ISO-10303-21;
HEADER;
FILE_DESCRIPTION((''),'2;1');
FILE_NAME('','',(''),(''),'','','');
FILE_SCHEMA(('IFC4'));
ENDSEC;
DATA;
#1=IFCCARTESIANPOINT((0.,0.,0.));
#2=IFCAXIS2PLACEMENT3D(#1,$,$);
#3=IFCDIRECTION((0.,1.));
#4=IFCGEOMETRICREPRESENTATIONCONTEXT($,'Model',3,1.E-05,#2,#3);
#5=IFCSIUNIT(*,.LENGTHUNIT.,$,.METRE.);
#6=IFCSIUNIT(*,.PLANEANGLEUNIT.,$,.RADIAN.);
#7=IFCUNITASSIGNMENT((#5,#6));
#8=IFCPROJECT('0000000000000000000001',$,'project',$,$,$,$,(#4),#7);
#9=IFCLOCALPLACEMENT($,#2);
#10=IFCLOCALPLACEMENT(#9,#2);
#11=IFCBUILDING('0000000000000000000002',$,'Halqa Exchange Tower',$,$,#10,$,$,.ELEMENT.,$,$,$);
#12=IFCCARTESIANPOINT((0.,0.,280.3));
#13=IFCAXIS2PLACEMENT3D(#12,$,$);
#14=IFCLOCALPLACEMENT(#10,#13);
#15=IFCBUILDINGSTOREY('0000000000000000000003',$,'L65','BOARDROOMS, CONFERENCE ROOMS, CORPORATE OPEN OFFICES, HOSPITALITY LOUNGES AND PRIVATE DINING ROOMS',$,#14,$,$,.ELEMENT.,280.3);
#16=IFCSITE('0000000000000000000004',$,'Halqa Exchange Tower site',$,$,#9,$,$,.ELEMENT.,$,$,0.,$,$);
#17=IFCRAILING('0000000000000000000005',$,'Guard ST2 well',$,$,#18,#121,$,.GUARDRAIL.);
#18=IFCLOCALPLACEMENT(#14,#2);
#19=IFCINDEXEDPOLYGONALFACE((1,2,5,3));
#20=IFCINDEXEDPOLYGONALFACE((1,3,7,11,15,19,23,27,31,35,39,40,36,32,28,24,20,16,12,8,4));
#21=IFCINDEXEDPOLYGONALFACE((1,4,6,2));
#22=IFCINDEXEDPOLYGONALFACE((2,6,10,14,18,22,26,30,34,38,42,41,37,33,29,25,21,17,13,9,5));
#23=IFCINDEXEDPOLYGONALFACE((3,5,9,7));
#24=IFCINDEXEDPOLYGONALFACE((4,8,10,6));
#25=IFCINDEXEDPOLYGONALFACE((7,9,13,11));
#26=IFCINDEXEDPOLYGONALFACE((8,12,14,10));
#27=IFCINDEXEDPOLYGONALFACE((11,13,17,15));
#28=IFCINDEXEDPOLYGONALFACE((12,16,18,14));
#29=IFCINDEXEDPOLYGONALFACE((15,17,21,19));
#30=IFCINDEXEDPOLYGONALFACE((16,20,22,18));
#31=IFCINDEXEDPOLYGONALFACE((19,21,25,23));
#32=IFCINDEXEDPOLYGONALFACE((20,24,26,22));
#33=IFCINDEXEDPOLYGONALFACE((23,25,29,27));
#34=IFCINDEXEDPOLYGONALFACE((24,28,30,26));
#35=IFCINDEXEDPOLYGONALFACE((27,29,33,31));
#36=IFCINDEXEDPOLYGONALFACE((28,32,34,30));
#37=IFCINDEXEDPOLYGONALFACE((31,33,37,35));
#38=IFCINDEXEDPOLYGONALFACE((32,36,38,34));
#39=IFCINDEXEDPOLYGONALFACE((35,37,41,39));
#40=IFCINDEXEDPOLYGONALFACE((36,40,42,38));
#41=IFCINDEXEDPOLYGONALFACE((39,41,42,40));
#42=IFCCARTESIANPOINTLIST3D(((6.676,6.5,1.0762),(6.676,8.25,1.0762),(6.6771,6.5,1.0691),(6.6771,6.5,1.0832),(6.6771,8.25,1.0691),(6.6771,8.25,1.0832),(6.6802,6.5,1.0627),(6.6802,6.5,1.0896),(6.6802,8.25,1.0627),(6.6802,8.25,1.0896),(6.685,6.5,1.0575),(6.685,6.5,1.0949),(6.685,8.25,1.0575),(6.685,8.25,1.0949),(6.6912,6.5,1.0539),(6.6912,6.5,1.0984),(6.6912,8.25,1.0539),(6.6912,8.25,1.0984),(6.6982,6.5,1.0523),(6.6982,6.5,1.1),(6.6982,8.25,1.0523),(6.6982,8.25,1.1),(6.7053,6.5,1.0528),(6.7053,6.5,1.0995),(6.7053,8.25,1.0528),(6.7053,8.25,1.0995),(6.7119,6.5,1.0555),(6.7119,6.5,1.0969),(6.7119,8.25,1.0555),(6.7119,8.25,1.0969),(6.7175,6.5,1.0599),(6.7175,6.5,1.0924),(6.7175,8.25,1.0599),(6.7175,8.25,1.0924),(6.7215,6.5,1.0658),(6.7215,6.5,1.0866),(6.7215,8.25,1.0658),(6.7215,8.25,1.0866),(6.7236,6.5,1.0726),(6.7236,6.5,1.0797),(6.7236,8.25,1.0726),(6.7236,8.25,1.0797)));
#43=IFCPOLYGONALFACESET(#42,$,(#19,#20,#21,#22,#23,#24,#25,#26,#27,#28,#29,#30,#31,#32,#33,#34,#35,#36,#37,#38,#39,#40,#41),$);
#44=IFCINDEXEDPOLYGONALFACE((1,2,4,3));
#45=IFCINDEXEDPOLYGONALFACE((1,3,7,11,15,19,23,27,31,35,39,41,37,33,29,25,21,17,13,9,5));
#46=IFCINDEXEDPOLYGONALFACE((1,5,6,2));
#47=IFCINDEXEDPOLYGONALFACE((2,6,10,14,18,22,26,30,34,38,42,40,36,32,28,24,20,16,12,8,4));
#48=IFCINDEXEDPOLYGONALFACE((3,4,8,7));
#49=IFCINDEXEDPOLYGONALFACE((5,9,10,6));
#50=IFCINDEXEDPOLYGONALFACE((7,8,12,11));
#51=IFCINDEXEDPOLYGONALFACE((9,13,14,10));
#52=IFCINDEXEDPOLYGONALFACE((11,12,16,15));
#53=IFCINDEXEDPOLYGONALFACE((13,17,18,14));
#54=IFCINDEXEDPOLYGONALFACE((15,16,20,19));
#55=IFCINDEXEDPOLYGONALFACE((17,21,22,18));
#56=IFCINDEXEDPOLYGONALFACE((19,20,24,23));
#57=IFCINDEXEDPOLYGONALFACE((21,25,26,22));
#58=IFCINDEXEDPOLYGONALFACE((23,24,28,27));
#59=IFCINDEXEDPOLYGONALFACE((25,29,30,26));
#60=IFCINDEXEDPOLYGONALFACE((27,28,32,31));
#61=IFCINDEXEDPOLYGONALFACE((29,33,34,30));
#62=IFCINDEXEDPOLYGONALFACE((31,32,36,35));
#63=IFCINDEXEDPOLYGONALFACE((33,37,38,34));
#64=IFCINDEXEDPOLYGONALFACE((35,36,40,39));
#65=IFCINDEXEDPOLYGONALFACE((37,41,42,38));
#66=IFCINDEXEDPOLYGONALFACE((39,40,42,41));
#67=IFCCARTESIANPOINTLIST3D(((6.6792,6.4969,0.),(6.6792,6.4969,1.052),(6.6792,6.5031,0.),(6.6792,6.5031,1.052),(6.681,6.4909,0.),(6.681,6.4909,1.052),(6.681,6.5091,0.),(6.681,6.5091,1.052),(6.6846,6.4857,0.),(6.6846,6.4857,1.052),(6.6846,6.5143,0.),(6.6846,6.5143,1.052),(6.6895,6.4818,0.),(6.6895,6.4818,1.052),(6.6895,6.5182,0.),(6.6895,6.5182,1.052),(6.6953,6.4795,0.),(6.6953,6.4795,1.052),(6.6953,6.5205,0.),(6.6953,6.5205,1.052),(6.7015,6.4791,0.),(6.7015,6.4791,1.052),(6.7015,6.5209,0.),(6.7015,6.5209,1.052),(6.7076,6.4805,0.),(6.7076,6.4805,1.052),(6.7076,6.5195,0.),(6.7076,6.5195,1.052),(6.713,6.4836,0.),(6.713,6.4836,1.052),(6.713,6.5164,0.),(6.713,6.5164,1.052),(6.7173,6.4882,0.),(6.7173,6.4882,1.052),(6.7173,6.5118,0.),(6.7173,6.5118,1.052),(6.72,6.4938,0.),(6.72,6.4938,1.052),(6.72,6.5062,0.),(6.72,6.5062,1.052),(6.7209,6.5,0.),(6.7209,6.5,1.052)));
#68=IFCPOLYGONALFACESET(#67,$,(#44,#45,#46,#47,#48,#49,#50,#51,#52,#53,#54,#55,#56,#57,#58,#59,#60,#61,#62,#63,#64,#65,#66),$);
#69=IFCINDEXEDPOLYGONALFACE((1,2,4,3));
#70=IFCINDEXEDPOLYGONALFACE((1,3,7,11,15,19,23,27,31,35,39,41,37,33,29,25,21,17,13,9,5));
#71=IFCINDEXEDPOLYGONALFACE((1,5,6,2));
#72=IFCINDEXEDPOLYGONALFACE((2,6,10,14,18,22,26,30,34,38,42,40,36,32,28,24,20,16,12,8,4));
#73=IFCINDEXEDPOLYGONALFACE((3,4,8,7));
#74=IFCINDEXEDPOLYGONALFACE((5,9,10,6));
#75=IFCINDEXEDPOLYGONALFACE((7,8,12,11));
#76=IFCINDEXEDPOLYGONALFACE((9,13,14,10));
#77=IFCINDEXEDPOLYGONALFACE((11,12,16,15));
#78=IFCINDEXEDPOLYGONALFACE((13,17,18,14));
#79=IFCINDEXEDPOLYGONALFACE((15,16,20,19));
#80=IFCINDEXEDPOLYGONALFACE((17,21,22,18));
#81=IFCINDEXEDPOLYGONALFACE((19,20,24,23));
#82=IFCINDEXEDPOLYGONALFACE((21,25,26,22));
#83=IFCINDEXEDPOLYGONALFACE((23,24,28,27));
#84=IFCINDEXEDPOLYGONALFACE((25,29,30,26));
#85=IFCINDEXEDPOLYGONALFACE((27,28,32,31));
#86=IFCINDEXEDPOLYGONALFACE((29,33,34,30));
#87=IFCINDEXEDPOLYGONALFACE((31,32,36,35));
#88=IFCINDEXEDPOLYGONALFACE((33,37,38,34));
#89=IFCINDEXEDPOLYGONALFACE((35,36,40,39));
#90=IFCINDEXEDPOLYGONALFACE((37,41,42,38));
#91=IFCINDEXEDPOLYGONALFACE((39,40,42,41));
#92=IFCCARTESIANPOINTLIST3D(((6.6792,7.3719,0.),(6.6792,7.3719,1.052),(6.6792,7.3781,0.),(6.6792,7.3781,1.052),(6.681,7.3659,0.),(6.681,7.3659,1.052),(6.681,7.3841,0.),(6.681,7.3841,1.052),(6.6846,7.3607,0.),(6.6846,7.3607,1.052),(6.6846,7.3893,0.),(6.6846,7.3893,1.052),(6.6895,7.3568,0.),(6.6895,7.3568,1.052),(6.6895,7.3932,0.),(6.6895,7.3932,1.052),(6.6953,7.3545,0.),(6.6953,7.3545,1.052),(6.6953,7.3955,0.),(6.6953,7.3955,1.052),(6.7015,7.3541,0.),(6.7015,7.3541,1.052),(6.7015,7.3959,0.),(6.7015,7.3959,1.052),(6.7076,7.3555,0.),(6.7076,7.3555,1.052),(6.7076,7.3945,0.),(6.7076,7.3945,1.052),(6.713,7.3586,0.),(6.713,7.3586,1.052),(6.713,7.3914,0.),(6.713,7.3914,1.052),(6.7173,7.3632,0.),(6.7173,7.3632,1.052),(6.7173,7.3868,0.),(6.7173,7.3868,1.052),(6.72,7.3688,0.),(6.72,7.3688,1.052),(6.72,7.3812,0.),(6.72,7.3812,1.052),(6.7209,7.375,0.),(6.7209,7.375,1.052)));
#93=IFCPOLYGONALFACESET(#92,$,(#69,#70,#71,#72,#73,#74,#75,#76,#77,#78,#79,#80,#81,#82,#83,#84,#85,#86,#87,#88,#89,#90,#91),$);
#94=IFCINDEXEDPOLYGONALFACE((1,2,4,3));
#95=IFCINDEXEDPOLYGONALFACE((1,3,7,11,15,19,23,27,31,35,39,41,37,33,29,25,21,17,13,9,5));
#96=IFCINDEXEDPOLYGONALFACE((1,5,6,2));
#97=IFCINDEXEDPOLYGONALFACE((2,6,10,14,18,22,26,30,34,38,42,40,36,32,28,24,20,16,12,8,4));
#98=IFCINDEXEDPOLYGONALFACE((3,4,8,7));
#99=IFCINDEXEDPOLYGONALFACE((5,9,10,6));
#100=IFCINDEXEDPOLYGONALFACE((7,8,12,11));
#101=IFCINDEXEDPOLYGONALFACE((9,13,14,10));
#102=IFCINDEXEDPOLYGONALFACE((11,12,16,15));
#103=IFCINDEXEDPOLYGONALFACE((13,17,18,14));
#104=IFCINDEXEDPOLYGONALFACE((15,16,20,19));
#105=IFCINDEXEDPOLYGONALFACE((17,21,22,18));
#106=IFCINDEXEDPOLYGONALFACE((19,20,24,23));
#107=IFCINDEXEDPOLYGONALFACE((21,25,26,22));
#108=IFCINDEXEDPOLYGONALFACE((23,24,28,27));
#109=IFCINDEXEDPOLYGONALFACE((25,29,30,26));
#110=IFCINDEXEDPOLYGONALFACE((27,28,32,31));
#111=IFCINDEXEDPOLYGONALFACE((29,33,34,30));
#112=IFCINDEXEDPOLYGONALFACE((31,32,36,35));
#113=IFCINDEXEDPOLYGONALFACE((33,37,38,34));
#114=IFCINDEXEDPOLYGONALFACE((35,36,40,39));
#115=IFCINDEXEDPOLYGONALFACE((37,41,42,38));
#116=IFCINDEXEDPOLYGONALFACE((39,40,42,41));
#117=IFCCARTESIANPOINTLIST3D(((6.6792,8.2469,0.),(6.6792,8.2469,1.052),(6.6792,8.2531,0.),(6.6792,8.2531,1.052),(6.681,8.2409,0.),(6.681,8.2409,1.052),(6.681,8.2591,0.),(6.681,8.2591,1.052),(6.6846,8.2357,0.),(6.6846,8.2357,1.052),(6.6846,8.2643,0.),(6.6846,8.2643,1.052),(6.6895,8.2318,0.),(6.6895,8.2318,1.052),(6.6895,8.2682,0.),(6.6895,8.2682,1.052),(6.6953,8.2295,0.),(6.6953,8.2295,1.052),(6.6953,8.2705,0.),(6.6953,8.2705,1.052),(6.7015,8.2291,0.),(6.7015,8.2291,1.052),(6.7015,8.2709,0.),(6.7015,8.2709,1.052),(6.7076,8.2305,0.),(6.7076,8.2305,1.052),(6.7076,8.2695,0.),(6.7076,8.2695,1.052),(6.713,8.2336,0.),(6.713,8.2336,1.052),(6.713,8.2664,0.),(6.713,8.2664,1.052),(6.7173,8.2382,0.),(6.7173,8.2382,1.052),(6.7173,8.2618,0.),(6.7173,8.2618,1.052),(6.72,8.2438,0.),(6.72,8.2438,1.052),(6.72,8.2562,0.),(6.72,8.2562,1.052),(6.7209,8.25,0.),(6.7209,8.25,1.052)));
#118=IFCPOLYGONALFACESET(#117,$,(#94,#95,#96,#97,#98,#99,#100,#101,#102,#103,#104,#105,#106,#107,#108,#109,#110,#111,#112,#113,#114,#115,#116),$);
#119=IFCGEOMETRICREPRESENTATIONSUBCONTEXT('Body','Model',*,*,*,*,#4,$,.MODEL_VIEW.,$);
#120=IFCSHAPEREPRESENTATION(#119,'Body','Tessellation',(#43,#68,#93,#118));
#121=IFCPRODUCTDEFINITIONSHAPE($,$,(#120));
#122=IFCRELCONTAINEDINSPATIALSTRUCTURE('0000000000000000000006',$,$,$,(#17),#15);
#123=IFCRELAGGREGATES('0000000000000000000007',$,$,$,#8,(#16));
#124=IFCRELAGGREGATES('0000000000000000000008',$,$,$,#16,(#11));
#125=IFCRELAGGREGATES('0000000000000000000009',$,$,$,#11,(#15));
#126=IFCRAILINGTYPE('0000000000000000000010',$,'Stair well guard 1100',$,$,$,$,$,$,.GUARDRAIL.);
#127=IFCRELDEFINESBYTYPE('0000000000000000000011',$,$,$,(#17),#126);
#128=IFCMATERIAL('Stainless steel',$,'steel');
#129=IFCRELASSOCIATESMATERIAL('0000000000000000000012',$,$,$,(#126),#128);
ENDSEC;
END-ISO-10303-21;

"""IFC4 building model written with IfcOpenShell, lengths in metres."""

from ifc_helpers import new_model, si_unit, direction, frame, origin, origin_2d, place, context, subcontext, project, spatial, circle, extrude, material, type_object, element, save


model = new_model("IFC4")

# Units and contexts
model_context = context("Model", 3, precision=1e-05, world=origin(), true_north=direction((0.0, 1.0)))
body_context = subcontext(model_context, "Body", "Model", "MODEL_VIEW")
ifc_project = project(units=[si_unit("LENGTHUNIT", "METRE"), si_unit("PLANEANGLEUNIT", "RADIAN")], contexts=[model_context])

# Site, building, storey
site_placement = place(None, origin())
site = spatial("IfcSite", under=ifc_project, at=site_placement, Name="Halqa Exchange Tower site", CompositionType="ELEMENT", RefElevation=0.0)
building_placement = place(site_placement, origin())
building = spatial("IfcBuilding", under=site, at=building_placement, Name="Halqa Exchange Tower", CompositionType="ELEMENT")
storey_placement = place(building_placement, frame((0.0, 0.0, 280.3)))
storey = spatial("IfcBuildingStorey", under=building, at=storey_placement, Name="L65", Description="BOARDROOMS, CONFERENCE ROOMS, CORPORATE OPEN OFFICES, HOSPITALITY LOUNGES AND PRIVATE DINING ROOMS", CompositionType="ELEMENT", Elevation=280.3)

# Railing
ifc_material_1 = material(Name="Stainless steel", Category="steel")
railing_type_1 = type_object("IfcRailingType", Name="Stair well guard 1100", PredefinedType="GUARDRAIL", material=ifc_material_1)
railing_1_placement = place(storey_placement, frame((6.7, 6.5, 0.0)))
element("IfcRailing", 1, at=railing_1_placement, inside=storey, type_object=railing_type_1, Name="Guard ST2 well", PredefinedType="GUARDRAIL", context=body_context, shape_type="SweptSolid", body=[
    extrude(circle(Radius=0.0239, at=origin_2d()), frame((0.0, 0.0, 1.0762), z_axis=(0.0, 1.0, 0.0), x_axis=(-1.0, 0.0, 0.0)), (0.0, 0.0, 1.0), 1.75),
    extrude(circle(Radius=0.021, at=origin_2d()), origin(), (0.0, 0.0, 1.0), 1.052),
    extrude(circle(Radius=0.021, at=origin_2d()), frame((0.0, 0.875, 0.0)), (0.0, 0.0, 1.0), 1.052),
    extrude(circle(Radius=0.021, at=origin_2d()), frame((0.0, 1.75, 0.0)), (0.0, 0.0, 1.0), 1.052),
])

save(model, "model.ifc")
